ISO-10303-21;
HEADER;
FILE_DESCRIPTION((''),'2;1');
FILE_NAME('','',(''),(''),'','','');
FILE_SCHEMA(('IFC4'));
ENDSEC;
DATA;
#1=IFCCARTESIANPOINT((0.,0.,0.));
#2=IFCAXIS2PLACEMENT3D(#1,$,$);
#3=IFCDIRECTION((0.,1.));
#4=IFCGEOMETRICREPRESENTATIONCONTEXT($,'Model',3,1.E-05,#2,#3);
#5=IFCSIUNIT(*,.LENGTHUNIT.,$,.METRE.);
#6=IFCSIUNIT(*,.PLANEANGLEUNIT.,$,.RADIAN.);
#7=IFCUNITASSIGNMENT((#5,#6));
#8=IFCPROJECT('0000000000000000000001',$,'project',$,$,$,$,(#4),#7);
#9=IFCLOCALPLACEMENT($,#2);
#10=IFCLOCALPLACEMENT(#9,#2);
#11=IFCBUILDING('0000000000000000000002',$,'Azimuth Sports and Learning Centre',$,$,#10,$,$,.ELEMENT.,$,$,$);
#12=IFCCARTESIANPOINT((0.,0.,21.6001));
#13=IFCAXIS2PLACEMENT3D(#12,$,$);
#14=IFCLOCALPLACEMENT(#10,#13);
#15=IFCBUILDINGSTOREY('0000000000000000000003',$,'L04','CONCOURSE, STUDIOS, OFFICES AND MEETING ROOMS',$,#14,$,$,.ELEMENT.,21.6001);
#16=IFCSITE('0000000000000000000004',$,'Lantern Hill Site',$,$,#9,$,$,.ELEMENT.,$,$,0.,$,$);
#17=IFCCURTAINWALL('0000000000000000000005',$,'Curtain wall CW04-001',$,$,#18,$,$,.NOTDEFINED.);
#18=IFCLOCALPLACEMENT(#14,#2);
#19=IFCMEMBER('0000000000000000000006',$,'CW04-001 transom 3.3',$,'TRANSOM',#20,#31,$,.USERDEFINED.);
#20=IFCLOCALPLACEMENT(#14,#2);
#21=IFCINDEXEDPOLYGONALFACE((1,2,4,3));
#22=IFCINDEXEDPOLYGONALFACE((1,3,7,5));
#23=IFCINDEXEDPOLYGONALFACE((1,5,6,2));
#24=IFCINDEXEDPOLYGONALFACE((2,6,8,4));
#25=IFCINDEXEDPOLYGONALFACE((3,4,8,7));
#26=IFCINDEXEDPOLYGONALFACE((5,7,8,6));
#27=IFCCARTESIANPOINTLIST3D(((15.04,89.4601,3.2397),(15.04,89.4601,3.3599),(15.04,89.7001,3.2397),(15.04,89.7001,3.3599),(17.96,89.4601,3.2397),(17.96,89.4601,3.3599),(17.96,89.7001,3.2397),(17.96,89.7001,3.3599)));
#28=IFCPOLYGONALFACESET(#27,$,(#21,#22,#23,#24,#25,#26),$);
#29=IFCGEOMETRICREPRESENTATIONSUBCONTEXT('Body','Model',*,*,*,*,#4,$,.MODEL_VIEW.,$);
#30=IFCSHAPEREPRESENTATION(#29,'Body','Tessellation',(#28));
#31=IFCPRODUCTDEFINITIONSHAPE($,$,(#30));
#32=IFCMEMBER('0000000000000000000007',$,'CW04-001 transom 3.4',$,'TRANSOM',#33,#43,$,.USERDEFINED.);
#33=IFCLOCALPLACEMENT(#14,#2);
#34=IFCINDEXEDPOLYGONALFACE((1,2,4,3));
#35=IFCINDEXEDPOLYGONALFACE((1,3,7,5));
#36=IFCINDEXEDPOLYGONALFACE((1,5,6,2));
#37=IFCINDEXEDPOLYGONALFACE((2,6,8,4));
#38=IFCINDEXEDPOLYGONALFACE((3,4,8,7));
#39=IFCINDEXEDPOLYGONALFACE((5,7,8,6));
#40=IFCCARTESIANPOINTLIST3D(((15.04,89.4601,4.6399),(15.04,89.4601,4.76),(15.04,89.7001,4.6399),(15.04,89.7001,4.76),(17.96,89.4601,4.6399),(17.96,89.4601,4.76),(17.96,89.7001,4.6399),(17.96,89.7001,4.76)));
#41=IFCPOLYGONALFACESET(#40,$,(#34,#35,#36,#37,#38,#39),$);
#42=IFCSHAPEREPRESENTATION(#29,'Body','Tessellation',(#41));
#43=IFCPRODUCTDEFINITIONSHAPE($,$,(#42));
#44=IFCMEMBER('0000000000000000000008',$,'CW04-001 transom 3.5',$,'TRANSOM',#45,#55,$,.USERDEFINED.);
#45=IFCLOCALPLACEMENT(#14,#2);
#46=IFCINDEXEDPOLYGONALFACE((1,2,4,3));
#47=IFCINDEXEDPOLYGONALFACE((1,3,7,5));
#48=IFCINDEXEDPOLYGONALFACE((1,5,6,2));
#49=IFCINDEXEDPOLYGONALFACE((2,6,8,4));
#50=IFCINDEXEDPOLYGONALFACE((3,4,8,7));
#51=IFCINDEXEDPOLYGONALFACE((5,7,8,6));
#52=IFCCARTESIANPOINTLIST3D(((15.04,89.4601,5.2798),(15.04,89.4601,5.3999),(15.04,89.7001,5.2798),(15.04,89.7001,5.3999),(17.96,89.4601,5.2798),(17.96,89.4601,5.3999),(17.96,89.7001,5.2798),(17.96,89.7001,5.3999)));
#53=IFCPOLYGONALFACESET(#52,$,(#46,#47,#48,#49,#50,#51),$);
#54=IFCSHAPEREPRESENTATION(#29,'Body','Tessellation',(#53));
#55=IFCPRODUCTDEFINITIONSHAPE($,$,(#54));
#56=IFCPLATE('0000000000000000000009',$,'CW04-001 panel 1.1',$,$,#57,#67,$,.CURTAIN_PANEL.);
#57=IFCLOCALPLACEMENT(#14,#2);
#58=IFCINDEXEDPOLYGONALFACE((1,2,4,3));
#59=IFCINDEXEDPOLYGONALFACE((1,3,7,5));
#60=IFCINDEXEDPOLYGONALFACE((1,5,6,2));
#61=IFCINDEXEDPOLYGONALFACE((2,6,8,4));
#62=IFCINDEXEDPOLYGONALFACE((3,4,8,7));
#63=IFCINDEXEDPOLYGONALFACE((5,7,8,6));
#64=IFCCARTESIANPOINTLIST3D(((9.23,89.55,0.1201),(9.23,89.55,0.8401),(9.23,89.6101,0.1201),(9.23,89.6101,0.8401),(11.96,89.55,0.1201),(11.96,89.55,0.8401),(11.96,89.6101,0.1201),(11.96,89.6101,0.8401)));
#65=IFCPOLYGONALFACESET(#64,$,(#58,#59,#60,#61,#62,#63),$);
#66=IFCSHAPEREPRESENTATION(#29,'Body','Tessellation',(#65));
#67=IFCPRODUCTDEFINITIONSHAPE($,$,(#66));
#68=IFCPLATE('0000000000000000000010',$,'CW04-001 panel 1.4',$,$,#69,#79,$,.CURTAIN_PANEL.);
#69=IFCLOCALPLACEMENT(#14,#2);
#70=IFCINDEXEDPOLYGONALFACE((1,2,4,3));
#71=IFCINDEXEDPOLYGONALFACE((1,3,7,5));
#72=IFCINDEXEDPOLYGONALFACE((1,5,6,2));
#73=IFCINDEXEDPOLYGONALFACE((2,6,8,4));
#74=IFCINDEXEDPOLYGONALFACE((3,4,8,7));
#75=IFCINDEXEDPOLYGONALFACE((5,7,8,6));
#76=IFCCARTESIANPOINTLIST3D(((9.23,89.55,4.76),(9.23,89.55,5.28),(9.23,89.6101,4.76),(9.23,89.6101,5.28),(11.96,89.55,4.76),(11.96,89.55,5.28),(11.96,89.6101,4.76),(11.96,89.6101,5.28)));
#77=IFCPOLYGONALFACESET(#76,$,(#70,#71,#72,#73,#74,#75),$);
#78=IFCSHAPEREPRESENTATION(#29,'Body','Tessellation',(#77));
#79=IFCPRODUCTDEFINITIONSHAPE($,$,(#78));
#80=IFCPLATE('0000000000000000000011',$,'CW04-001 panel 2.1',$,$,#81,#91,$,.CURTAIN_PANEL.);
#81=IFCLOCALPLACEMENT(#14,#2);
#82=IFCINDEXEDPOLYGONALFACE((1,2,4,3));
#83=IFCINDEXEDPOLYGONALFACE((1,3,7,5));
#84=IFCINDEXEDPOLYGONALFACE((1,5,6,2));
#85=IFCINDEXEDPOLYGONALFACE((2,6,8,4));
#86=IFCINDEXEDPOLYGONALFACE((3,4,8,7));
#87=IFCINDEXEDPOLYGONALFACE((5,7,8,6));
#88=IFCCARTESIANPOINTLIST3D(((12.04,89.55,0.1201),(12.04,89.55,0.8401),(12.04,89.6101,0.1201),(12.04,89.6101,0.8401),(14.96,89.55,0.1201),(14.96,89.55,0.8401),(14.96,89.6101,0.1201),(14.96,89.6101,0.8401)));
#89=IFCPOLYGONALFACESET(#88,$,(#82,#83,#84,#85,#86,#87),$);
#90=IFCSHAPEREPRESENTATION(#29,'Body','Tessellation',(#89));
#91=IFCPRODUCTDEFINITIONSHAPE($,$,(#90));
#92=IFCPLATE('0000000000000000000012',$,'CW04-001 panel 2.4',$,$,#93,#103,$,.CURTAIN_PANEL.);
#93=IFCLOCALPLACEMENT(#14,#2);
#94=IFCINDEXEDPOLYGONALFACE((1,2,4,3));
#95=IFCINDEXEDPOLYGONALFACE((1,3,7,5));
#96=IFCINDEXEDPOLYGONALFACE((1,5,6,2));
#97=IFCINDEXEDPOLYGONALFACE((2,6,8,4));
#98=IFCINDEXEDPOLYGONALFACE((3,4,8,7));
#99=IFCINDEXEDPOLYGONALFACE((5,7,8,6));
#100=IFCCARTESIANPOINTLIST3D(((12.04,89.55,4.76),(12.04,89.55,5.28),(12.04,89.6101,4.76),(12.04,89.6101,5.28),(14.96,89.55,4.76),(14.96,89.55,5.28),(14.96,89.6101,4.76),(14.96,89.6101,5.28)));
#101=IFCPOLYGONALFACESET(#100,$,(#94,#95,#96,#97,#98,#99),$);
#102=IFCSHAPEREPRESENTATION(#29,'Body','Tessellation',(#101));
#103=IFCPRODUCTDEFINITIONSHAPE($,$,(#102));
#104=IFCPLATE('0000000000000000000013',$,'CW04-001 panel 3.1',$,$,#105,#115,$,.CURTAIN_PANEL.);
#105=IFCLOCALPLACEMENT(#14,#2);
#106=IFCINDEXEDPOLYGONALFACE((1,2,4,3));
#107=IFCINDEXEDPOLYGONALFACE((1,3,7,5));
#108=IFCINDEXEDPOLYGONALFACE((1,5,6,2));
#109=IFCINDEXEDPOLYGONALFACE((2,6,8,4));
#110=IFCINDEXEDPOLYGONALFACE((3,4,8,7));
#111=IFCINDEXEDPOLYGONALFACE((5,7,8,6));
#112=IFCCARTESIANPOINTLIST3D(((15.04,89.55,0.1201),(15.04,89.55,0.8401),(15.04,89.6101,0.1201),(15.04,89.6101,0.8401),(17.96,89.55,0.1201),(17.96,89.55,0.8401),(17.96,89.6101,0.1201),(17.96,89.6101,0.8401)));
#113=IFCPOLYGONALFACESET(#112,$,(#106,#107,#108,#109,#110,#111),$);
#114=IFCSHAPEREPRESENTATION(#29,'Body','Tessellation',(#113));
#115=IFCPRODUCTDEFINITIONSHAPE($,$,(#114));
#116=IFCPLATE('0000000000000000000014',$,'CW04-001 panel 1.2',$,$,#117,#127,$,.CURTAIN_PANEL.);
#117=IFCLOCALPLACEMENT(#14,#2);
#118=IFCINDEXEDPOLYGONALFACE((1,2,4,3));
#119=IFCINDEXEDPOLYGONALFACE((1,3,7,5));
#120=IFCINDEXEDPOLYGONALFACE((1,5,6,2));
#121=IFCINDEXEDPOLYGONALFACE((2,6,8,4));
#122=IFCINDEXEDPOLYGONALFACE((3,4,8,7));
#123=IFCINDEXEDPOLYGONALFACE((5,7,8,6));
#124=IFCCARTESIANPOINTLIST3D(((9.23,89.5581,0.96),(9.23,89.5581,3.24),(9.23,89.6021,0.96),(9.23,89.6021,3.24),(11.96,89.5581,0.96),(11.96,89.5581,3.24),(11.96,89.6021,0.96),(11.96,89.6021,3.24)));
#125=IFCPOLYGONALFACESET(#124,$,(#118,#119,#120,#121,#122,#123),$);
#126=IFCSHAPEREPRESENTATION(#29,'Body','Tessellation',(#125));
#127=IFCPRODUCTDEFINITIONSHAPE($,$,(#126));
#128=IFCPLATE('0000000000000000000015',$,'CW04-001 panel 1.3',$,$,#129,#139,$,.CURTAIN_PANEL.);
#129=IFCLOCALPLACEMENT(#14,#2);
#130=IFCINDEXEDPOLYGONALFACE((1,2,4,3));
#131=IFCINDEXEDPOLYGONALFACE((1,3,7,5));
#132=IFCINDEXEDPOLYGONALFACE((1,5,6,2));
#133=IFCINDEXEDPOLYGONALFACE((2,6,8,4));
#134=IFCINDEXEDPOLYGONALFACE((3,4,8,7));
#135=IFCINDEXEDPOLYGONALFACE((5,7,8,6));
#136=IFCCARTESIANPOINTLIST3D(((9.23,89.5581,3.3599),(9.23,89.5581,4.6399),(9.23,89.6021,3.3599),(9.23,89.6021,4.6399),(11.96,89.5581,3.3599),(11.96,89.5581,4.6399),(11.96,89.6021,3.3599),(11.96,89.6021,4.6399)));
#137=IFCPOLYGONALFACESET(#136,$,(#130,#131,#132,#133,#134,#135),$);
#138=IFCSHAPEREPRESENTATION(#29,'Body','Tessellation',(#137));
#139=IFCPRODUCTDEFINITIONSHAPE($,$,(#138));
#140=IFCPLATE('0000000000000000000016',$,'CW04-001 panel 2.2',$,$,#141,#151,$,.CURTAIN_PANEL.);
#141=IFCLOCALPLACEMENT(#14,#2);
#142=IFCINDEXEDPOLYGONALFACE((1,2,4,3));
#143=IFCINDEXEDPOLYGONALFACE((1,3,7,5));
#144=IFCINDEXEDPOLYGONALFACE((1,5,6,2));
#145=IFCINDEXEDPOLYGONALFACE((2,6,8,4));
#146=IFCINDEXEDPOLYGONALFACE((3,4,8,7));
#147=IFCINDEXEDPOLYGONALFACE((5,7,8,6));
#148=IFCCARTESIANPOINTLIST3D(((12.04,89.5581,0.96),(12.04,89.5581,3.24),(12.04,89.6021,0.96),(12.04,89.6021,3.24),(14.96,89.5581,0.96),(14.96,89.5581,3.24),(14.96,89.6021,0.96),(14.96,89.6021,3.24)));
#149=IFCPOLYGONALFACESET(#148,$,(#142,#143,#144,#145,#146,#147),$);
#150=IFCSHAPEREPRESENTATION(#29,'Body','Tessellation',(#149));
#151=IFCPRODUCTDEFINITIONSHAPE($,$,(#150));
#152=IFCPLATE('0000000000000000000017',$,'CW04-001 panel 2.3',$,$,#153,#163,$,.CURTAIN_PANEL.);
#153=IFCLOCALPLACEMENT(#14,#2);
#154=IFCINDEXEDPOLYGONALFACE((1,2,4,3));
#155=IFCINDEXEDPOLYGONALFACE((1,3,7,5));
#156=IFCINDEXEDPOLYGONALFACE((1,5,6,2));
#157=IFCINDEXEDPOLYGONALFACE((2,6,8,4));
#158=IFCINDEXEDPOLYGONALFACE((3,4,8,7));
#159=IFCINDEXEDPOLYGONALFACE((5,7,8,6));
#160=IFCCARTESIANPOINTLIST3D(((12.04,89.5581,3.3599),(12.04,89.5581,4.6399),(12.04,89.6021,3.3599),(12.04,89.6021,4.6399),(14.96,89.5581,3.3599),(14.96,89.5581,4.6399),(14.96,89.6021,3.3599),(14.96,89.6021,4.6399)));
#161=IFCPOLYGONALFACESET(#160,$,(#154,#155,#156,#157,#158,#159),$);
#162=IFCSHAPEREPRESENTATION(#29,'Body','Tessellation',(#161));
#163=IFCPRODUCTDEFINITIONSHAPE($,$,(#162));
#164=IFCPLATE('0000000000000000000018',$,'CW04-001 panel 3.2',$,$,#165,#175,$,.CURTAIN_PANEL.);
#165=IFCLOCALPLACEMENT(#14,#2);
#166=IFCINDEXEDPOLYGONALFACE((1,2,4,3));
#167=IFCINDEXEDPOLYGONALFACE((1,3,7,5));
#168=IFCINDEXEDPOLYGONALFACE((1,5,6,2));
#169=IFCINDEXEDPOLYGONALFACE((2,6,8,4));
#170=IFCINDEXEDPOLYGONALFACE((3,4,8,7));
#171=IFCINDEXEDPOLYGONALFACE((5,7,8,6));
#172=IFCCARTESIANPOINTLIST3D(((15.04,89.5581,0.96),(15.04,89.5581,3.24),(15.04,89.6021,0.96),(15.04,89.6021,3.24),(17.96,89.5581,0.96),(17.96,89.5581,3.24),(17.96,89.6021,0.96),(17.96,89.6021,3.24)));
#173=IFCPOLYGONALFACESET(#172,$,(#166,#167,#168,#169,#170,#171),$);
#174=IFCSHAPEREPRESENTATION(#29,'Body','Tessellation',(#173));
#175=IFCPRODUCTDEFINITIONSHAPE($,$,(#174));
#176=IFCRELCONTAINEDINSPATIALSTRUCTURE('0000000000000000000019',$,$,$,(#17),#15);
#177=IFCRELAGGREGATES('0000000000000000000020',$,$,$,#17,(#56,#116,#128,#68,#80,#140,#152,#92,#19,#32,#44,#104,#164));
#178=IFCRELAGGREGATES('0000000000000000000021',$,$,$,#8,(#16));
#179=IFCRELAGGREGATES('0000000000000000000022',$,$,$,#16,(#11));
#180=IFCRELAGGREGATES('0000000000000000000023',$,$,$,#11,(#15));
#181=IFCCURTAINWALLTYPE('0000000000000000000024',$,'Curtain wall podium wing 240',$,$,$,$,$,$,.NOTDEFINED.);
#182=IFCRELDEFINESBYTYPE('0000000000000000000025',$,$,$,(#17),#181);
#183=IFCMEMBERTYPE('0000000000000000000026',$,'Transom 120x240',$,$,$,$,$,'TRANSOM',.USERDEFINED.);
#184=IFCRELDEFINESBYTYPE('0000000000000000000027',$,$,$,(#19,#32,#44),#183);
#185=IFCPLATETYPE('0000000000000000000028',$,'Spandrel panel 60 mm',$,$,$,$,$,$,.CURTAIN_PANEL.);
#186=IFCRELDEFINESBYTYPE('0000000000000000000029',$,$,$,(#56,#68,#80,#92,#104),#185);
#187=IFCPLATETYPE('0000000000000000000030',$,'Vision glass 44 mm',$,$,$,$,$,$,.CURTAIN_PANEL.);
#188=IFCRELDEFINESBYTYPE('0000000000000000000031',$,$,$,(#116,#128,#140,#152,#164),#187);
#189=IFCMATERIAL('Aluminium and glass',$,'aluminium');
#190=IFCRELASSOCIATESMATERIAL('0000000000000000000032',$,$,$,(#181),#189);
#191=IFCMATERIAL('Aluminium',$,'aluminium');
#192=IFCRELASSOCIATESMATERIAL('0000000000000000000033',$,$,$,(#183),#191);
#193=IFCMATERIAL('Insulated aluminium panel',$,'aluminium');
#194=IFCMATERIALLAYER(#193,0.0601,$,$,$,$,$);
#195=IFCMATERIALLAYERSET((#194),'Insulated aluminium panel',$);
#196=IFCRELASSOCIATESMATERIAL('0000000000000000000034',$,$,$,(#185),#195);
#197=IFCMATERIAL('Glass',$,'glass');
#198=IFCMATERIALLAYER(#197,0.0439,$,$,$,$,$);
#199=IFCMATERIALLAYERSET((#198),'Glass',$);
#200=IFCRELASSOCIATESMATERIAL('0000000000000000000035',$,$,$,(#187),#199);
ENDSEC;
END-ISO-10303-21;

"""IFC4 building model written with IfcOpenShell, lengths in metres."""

from ifc_helpers import new_model, si_unit, direction, frame, origin, origin_2d, place, context, subcontext, project, spatial, rectangle, extrude, material, layer, layer_set, material_profile, profile_set, type_object, element, aggregate, save


model = new_model("IFC4")

# Units and contexts
model_context = context("Model", 3, precision=1e-05, world=origin(), true_north=direction((0.0, 1.0)))
body_context = subcontext(model_context, "Body", "Model", "MODEL_VIEW")
ifc_project = project(units=[si_unit("LENGTHUNIT", "METRE"), si_unit("PLANEANGLEUNIT", "RADIAN")], contexts=[model_context])

# Site, building, storey
site_placement = place(None, origin())
site = spatial("IfcSite", under=ifc_project, at=site_placement, Name="Lantern Hill Site", CompositionType="ELEMENT", RefElevation=0.0)
building_placement = place(site_placement, origin())
building = spatial("IfcBuilding", under=site, at=building_placement, Name="Azimuth Sports and Learning Centre", CompositionType="ELEMENT")
storey_placement = place(building_placement, frame((0.0, 0.0, 21.6001)))
storey = spatial("IfcBuildingStorey", under=building, at=storey_placement, Name="L04", Description="CONCOURSE, STUDIOS, OFFICES AND MEETING ROOMS", CompositionType="ELEMENT", Elevation=21.6001)

# Curtain wall, members, plates
ifc_material_1 = material(Name="Aluminium and glass", Category="aluminium")
curtain_wall_type = type_object("IfcCurtainWallType", Name="Curtain wall podium wing 240", PredefinedType="NOTDEFINED", material=ifc_material_1)
curtain_wall_placement = place(storey_placement, origin())
curtain_wall = element("IfcCurtainWall", 1, at=curtain_wall_placement, inside=storey, type_object=curtain_wall_type, Name="Curtain wall CW04-001", PredefinedType="NOTDEFINED")
ifc_material_2 = material(Name="Aluminium", Category="aluminium")
ifc_material_profile_1 = material_profile(ifc_material_2, rectangle(XDim=0.24, YDim=0.1201, at=origin_2d()), Name="Transom 120x240")
ifc_profile_set_1 = profile_set([ifc_material_profile_1], Name="Aluminium")
member_type_1 = type_object("IfcMemberType", Name="Transom 120x240", ElementType="TRANSOM", PredefinedType="USERDEFINED", material=ifc_profile_set_1)
member_1_placement = place(storey_placement, frame((15.04, 89.5801, 3.2998), z_axis=(1.0, 0.0, 0.0), x_axis=(0.0, 1.0, 0.0)))
member_1 = element("IfcMember", 2, at=member_1_placement, type_object=member_type_1, Name="CW04-001 transom 3.3", ObjectType="TRANSOM", PredefinedType="USERDEFINED", context=body_context, shape_type="SweptSolid", body=[
    extrude(rectangle(XDim=0.24, YDim=0.1201, at=origin_2d()), origin(), (0.0, 0.0, 1.0), 2.9199),
])
member_2_placement = place(storey_placement, frame((15.04, 89.5801, 4.7), z_axis=(1.0, 0.0, 0.0), x_axis=(0.0, 1.0, 0.0)))
member_2 = element("IfcMember", 3, at=member_2_placement, type_object=member_type_1, Name="CW04-001 transom 3.4", ObjectType="TRANSOM", PredefinedType="USERDEFINED", context=body_context, shape_type="SweptSolid", body=[
    extrude(rectangle(XDim=0.24, YDim=0.1201, at=origin_2d()), origin(), (0.0, 0.0, 1.0), 2.9199),
])
member_3_placement = place(storey_placement, frame((15.04, 89.5801, 5.3398), z_axis=(1.0, 0.0, 0.0), x_axis=(0.0, 1.0, 0.0)))
member_3 = element("IfcMember", 4, at=member_3_placement, type_object=member_type_1, Name="CW04-001 transom 3.5", ObjectType="TRANSOM", PredefinedType="USERDEFINED", context=body_context, shape_type="SweptSolid", body=[
    extrude(rectangle(XDim=0.24, YDim=0.1201, at=origin_2d()), origin(), (0.0, 0.0, 1.0), 2.9199),
])
ifc_material_3 = material(Name="Insulated aluminium panel", Category="aluminium")
ifc_layer_1 = layer(ifc_material_3, 0.0601)
ifc_layer_set_1 = layer_set([ifc_layer_1], Name="Insulated aluminium panel")
plate_type_1 = type_object("IfcPlateType", Name="Spandrel panel 60 mm", PredefinedType="CURTAIN_PANEL", material=ifc_layer_set_1)
plate_1_placement = place(storey_placement, frame((10.595, 89.5801, 0.1201), z_axis=(0.0, 0.0, 1.0), x_axis=(1.0, 0.0, 0.0)))
plate_1 = element("IfcPlate", 5, at=plate_1_placement, type_object=plate_type_1, Name="CW04-001 panel 1.1", PredefinedType="CURTAIN_PANEL", context=body_context, shape_type="SweptSolid", body=[
    extrude(rectangle(XDim=2.73, YDim=0.0601, at=origin_2d()), origin(), (0.0, 0.0, 1.0), 0.72),
])
plate_2_placement = place(storey_placement, frame((10.595, 89.5801, 4.76), z_axis=(0.0, 0.0, 1.0), x_axis=(1.0, 0.0, 0.0)))
plate_2 = element("IfcPlate", 6, at=plate_2_placement, type_object=plate_type_1, Name="CW04-001 panel 1.4", PredefinedType="CURTAIN_PANEL", context=body_context, shape_type="SweptSolid", body=[
    extrude(rectangle(XDim=2.73, YDim=0.0601, at=origin_2d()), origin(), (0.0, 0.0, 1.0), 0.52),
])
plate_3_placement = place(storey_placement, frame((13.5, 89.5801, 0.1201), z_axis=(0.0, 0.0, 1.0), x_axis=(1.0, 0.0, 0.0)))
plate_3 = element("IfcPlate", 7, at=plate_3_placement, type_object=plate_type_1, Name="CW04-001 panel 2.1", PredefinedType="CURTAIN_PANEL", context=body_context, shape_type="SweptSolid", body=[
    extrude(rectangle(XDim=2.9199, YDim=0.0601, at=origin_2d()), origin(), (0.0, 0.0, 1.0), 0.72),
])
plate_4_placement = place(storey_placement, frame((13.5, 89.5801, 4.76), z_axis=(0.0, 0.0, 1.0), x_axis=(1.0, 0.0, 0.0)))
plate_4 = element("IfcPlate", 8, at=plate_4_placement, type_object=plate_type_1, Name="CW04-001 panel 2.4", PredefinedType="CURTAIN_PANEL", context=body_context, shape_type="SweptSolid", body=[
    extrude(rectangle(XDim=2.9199, YDim=0.0601, at=origin_2d()), origin(), (0.0, 0.0, 1.0), 0.52),
])
plate_5_placement = place(storey_placement, frame((16.5, 89.5801, 0.1201), z_axis=(0.0, 0.0, 1.0), x_axis=(1.0, 0.0, 0.0)))
plate_5 = element("IfcPlate", 9, at=plate_5_placement, type_object=plate_type_1, Name="CW04-001 panel 3.1", PredefinedType="CURTAIN_PANEL", context=body_context, shape_type="SweptSolid", body=[
    extrude(rectangle(XDim=2.9199, YDim=0.0601, at=origin_2d()), origin(), (0.0, 0.0, 1.0), 0.72),
])
ifc_material_4 = material(Name="Glass", Category="glass")
ifc_layer_2 = layer(ifc_material_4, 0.0439)
ifc_layer_set_2 = layer_set([ifc_layer_2], Name="Glass")
plate_type_2 = type_object("IfcPlateType", Name="Vision glass 44 mm", PredefinedType="CURTAIN_PANEL", material=ifc_layer_set_2)
plate_6_placement = place(storey_placement, frame((10.595, 89.5801, 0.96), z_axis=(0.0, 0.0, 1.0), x_axis=(1.0, 0.0, 0.0)))
plate_6 = element("IfcPlate", 10, at=plate_6_placement, type_object=plate_type_2, Name="CW04-001 panel 1.2", PredefinedType="CURTAIN_PANEL", context=body_context, shape_type="SweptSolid", body=[
    extrude(rectangle(XDim=2.73, YDim=0.0439, at=origin_2d()), origin(), (0.0, 0.0, 1.0), 2.28),
])
plate_7_placement = place(storey_placement, frame((10.595, 89.5801, 3.3599), z_axis=(0.0, 0.0, 1.0), x_axis=(1.0, 0.0, 0.0)))
plate_7 = element("IfcPlate", 11, at=plate_7_placement, type_object=plate_type_2, Name="CW04-001 panel 1.3", PredefinedType="CURTAIN_PANEL", context=body_context, shape_type="SweptSolid", body=[
    extrude(rectangle(XDim=2.73, YDim=0.0439, at=origin_2d()), origin(), (0.0, 0.0, 1.0), 1.28),
])
plate_8_placement = place(storey_placement, frame((13.5, 89.5801, 0.96), z_axis=(0.0, 0.0, 1.0), x_axis=(1.0, 0.0, 0.0)))
plate_8 = element("IfcPlate", 12, at=plate_8_placement, type_object=plate_type_2, Name="CW04-001 panel 2.2", PredefinedType="CURTAIN_PANEL", context=body_context, shape_type="SweptSolid", body=[
    extrude(rectangle(XDim=2.9199, YDim=0.0439, at=origin_2d()), origin(), (0.0, 0.0, 1.0), 2.28),
])
plate_9_placement = place(storey_placement, frame((13.5, 89.5801, 3.3599), z_axis=(0.0, 0.0, 1.0), x_axis=(1.0, 0.0, 0.0)))
plate_9 = element("IfcPlate", 13, at=plate_9_placement, type_object=plate_type_2, Name="CW04-001 panel 2.3", PredefinedType="CURTAIN_PANEL", context=body_context, shape_type="SweptSolid", body=[
    extrude(rectangle(XDim=2.9199, YDim=0.0439, at=origin_2d()), origin(), (0.0, 0.0, 1.0), 1.28),
])
plate_10_placement = place(storey_placement, frame((16.5, 89.5801, 0.96), z_axis=(0.0, 0.0, 1.0), x_axis=(1.0, 0.0, 0.0)))
plate_10 = element("IfcPlate", 14, at=plate_10_placement, type_object=plate_type_2, Name="CW04-001 panel 3.2", PredefinedType="CURTAIN_PANEL", context=body_context, shape_type="SweptSolid", body=[
    extrude(rectangle(XDim=2.9199, YDim=0.0439, at=origin_2d()), origin(), (0.0, 0.0, 1.0), 2.28),
])
aggregate(curtain_wall, [plate_1, plate_6, plate_7, plate_2, plate_3, plate_8, plate_9, plate_4, member_1, member_2, member_3, plate_5, plate_10])

save(model, "model.ifc")
